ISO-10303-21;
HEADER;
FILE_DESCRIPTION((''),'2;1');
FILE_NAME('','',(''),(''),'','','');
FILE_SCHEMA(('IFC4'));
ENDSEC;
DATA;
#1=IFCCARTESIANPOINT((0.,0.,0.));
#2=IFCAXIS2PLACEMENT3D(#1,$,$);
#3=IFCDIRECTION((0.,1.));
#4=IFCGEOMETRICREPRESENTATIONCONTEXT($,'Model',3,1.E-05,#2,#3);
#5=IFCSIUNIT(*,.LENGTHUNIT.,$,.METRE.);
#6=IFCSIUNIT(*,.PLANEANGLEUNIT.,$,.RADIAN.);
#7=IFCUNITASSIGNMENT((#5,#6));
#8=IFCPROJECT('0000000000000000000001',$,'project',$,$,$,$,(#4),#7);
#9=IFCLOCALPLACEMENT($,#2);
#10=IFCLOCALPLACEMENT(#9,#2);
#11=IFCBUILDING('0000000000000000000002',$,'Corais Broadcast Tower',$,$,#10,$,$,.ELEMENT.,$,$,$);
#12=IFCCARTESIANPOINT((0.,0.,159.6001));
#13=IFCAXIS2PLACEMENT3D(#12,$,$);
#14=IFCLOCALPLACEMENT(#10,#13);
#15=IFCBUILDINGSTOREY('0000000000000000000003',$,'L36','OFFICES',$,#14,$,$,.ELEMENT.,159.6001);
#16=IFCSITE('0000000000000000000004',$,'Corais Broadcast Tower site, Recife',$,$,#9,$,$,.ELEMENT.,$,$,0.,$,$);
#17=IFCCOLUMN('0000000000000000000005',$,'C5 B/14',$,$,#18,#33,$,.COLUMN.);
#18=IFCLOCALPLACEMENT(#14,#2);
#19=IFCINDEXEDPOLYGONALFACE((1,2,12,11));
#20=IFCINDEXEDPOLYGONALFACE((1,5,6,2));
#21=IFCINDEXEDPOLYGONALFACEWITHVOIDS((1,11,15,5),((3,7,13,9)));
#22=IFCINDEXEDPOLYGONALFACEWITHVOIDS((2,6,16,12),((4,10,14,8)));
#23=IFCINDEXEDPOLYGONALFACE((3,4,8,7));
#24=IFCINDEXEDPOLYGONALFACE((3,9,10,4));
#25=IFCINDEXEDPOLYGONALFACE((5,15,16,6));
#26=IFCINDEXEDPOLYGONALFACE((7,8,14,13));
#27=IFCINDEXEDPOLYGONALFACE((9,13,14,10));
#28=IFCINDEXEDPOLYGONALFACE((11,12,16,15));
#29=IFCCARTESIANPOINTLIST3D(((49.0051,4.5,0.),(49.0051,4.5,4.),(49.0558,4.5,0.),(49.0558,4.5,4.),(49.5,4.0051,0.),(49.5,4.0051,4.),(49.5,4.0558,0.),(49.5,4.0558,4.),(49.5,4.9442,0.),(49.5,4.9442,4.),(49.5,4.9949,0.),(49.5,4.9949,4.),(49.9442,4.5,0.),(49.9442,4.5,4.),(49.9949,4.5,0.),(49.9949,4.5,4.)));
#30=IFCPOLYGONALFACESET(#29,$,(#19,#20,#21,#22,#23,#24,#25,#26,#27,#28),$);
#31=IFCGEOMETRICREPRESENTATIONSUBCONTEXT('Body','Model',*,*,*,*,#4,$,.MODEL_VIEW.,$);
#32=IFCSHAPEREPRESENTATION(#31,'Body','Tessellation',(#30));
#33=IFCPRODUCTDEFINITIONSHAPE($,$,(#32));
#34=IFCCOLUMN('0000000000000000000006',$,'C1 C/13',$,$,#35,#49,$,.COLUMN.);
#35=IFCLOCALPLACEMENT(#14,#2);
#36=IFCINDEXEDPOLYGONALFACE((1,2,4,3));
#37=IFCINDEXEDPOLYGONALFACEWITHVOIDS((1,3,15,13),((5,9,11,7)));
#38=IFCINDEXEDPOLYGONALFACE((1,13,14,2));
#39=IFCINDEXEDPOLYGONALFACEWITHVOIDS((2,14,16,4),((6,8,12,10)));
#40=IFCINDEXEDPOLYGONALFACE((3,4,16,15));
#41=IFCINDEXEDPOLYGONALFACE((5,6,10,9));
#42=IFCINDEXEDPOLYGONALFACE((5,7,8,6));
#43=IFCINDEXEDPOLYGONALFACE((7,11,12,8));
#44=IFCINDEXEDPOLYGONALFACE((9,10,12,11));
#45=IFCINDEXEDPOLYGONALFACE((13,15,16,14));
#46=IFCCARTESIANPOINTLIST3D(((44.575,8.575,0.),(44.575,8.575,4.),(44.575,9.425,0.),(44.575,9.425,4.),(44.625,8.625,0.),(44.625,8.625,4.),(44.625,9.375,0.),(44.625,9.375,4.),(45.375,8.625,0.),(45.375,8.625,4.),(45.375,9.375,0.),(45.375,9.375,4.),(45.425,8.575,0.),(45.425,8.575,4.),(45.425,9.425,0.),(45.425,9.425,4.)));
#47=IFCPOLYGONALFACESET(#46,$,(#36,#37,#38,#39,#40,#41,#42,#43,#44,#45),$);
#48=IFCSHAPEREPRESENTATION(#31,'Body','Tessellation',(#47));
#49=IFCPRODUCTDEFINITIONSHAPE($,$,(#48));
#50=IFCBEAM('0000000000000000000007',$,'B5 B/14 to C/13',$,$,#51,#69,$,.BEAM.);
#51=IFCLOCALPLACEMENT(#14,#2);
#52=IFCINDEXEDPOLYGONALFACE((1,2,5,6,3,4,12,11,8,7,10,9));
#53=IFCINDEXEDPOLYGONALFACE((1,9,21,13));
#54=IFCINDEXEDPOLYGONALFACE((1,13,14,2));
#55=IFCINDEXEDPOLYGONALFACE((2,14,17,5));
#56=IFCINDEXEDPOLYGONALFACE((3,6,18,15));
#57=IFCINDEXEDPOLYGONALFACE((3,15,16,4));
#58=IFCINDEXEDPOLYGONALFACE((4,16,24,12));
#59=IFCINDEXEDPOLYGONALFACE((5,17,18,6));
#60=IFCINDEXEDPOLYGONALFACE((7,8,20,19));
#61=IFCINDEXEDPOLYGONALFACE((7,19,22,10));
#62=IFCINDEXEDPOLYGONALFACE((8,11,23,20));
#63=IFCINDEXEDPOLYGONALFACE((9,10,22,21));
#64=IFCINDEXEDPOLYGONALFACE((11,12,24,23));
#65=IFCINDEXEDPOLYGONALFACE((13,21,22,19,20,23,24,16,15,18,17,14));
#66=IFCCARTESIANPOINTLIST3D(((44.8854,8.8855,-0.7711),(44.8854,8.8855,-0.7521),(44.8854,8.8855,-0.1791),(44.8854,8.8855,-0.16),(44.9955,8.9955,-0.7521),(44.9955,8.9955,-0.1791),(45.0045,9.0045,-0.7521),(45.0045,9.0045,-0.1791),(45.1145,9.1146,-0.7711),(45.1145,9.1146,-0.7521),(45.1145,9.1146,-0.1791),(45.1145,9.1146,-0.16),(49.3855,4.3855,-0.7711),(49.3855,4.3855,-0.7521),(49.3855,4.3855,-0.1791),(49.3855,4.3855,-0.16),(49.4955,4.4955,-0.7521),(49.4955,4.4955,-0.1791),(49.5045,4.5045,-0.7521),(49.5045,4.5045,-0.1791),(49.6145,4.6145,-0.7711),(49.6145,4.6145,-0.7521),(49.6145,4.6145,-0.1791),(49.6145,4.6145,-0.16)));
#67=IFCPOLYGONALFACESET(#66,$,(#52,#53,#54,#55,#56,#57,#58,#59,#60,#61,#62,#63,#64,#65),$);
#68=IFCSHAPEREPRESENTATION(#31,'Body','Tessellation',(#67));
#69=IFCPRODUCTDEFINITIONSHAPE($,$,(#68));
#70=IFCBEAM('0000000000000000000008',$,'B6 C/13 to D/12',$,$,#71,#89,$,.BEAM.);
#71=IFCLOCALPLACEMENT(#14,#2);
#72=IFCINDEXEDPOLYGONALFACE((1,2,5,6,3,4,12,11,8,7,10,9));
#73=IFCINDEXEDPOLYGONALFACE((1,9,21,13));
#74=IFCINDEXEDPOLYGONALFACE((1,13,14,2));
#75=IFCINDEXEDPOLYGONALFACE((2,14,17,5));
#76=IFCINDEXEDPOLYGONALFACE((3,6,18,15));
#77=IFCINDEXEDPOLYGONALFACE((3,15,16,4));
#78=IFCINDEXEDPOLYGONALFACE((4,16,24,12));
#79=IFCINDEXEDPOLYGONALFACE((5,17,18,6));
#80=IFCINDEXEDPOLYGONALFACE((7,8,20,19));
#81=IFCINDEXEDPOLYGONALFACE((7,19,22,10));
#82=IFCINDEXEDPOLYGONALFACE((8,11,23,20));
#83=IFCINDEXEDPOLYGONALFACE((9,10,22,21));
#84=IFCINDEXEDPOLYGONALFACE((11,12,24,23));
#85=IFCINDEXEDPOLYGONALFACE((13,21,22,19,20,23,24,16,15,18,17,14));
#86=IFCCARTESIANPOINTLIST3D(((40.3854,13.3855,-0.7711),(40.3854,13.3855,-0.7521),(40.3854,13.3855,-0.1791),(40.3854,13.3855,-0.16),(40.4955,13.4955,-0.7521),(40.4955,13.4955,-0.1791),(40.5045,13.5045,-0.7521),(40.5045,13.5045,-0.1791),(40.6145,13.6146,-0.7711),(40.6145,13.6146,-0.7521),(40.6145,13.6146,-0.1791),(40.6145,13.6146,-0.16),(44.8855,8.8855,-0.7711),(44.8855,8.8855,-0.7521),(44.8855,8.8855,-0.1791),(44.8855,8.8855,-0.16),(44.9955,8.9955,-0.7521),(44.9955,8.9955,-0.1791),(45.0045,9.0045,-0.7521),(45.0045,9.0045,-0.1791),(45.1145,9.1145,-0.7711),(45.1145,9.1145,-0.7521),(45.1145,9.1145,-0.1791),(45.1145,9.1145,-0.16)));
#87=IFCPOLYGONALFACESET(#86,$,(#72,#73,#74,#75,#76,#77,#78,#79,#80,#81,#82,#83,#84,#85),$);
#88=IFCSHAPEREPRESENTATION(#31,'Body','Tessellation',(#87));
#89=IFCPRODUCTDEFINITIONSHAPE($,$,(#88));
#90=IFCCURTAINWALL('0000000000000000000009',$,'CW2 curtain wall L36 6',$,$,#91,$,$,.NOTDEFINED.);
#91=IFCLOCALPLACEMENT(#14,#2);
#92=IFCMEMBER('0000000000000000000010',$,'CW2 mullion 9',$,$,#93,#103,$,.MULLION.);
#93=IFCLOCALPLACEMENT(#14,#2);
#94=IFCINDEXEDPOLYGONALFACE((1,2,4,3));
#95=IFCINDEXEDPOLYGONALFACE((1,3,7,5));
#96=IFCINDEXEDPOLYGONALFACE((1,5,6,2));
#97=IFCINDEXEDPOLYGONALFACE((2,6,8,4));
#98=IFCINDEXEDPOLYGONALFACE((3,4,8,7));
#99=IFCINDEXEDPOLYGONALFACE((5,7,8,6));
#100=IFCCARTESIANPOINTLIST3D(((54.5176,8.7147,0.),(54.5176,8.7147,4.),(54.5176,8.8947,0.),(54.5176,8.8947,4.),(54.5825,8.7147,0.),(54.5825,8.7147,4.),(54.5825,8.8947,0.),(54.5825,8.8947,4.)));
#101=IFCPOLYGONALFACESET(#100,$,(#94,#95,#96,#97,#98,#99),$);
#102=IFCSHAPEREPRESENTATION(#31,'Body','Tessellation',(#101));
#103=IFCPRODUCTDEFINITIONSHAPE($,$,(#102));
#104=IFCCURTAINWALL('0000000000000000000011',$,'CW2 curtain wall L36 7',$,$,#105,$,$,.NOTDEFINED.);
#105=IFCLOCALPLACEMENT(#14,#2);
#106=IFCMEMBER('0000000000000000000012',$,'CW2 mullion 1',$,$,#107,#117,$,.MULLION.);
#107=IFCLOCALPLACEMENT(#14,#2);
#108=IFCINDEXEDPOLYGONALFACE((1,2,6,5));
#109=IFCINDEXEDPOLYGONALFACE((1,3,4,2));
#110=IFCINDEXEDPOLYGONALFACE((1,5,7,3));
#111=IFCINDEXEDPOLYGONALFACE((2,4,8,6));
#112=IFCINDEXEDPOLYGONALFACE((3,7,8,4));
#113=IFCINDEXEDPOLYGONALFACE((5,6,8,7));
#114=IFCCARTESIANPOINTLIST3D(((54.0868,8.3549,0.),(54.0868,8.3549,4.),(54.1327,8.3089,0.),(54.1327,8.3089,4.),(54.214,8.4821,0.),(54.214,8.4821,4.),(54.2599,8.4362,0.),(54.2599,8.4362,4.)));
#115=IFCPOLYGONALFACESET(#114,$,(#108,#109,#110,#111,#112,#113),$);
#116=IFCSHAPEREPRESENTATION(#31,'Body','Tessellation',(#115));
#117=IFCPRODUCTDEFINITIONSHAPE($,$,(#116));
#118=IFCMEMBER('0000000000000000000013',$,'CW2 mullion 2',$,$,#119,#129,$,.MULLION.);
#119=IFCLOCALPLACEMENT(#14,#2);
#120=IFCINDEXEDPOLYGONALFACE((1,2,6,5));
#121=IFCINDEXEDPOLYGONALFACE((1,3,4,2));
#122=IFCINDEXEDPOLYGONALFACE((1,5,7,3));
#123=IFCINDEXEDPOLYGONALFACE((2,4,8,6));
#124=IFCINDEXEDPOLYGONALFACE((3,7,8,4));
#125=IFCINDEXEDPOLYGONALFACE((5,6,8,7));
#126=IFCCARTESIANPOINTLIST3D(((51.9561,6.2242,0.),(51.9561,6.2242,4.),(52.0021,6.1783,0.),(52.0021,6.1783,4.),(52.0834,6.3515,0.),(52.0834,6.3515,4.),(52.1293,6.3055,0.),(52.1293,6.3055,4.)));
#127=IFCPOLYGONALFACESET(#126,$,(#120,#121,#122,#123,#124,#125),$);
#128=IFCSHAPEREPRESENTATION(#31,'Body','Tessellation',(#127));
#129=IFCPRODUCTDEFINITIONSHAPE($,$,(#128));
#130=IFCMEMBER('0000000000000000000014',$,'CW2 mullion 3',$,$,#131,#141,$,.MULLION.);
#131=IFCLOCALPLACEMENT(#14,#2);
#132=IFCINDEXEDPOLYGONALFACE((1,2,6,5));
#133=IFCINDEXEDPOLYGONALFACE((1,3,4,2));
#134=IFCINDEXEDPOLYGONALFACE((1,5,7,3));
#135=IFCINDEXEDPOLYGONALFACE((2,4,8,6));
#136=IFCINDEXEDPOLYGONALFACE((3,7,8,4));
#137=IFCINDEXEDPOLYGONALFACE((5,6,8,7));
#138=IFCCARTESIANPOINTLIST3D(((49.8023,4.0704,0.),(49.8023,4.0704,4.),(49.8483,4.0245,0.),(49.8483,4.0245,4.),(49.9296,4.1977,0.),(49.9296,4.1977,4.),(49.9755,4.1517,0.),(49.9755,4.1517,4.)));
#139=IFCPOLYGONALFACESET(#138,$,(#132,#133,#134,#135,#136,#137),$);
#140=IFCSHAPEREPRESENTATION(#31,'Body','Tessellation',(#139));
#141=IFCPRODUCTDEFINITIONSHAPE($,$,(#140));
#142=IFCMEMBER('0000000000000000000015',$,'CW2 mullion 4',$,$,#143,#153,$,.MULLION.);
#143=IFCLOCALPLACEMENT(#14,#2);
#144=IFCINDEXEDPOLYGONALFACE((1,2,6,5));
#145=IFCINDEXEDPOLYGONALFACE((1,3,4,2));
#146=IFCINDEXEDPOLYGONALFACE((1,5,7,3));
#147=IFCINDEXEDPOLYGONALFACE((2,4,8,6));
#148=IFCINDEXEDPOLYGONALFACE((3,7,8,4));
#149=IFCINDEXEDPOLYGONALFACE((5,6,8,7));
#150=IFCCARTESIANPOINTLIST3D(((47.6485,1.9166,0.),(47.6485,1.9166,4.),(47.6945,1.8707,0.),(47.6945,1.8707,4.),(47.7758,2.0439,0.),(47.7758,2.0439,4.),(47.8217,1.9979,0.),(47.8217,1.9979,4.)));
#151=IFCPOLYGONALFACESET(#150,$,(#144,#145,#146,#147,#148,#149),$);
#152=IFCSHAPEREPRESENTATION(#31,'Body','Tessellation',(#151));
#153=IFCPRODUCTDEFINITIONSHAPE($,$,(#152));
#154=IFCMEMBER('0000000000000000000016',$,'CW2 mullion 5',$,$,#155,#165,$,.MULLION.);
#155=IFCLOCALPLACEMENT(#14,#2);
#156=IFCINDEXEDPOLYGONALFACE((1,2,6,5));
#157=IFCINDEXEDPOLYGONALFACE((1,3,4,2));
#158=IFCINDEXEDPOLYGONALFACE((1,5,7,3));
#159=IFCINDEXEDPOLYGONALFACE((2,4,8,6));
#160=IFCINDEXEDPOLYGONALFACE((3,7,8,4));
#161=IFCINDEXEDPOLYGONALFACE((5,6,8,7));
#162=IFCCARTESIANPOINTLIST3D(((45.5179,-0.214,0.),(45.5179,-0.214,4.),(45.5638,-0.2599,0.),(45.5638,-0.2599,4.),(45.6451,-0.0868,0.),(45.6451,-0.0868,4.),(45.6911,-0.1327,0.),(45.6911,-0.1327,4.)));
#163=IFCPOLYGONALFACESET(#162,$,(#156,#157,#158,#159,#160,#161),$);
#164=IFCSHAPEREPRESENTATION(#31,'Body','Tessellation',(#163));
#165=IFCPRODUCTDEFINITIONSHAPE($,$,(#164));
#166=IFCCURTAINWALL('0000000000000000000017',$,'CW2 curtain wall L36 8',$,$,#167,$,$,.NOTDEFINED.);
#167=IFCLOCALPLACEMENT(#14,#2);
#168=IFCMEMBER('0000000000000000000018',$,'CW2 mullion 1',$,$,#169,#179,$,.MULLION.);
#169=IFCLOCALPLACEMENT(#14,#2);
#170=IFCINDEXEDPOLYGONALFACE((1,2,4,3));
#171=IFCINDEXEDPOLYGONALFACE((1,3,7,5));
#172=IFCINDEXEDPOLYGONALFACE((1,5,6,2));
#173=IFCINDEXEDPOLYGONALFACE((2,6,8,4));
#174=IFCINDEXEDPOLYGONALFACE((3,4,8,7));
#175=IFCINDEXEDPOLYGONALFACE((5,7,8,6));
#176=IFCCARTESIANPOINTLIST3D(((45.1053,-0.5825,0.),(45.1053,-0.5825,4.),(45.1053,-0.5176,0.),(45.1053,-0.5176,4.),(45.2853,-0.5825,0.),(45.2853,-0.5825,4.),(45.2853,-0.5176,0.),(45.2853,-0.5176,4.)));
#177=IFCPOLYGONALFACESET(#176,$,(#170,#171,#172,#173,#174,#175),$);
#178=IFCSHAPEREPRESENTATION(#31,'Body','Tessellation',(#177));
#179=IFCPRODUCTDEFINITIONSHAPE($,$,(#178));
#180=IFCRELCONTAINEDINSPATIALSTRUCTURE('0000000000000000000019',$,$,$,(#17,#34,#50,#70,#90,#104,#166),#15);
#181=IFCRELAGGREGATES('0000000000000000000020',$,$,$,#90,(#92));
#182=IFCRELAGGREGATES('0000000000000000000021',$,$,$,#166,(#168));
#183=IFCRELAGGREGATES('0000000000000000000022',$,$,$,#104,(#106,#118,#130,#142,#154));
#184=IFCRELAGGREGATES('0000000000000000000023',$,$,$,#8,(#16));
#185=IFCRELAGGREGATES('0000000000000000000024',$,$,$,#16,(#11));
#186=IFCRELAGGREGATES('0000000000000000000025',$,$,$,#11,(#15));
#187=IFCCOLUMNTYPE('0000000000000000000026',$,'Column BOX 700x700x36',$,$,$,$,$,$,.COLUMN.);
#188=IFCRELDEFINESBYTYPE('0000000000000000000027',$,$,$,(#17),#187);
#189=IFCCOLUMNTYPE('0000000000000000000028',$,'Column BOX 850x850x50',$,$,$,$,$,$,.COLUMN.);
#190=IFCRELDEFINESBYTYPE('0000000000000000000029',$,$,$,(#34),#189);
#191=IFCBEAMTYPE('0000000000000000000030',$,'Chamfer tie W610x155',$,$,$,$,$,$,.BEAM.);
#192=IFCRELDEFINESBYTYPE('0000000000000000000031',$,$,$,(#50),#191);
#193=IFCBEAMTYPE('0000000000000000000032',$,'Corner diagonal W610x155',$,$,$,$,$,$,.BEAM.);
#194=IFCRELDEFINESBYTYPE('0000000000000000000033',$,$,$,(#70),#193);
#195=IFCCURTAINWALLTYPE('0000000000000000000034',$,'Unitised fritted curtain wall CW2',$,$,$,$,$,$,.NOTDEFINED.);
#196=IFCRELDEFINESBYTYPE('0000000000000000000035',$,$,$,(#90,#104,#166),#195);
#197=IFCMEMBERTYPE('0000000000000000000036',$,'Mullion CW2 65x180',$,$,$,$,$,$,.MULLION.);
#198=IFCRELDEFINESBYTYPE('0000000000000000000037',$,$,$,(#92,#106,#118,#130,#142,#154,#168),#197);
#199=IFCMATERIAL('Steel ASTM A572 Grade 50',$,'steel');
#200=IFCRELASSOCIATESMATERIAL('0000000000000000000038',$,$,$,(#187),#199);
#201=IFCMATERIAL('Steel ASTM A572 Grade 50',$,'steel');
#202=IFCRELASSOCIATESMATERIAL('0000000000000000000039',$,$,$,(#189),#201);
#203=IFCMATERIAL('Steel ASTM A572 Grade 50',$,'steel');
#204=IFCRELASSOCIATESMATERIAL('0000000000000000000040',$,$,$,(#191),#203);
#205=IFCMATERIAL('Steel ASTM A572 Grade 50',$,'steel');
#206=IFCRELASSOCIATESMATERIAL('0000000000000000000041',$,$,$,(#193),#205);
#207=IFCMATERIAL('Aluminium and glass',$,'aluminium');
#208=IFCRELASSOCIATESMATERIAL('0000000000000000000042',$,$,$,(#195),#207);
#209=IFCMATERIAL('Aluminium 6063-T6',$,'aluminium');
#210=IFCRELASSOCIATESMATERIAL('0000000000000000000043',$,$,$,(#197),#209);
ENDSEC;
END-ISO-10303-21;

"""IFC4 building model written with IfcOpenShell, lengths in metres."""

from ifc_helpers import new_model, si_unit, direction, frame, origin, origin_2d, place, context, subcontext, project, spatial, rectangle, hollow_rectangle, i_section, extrude, material, material_profile, profile_set, type_object, element, aggregate, save


model = new_model("IFC4")

# Units and contexts
model_context = context("Model", 3, precision=1e-05, world=origin(), true_north=direction((0.0, 1.0)))
body_context = subcontext(model_context, "Body", "Model", "MODEL_VIEW")
ifc_project = project(units=[si_unit("LENGTHUNIT", "METRE"), si_unit("PLANEANGLEUNIT", "RADIAN")], contexts=[model_context])

# Site, building, storey
site_placement = place(None, origin())
site = spatial("IfcSite", under=ifc_project, at=site_placement, Name="Corais Broadcast Tower site, Recife", CompositionType="ELEMENT", RefElevation=0.0)
building_placement = place(site_placement, origin())
building = spatial("IfcBuilding", under=site, at=building_placement, Name="Corais Broadcast Tower", CompositionType="ELEMENT")
storey_placement = place(building_placement, frame((0.0, 0.0, 159.6001)))
storey = spatial("IfcBuildingStorey", under=building, at=storey_placement, Name="L36", Description="OFFICES", CompositionType="ELEMENT", Elevation=159.6001)

# Columns
ifc_material_1 = material(Name="Steel ASTM A572 Grade 50", Category="steel")
ifc_material_profile_1 = material_profile(ifc_material_1, hollow_rectangle(XDim=0.7, YDim=0.7, WallThickness=0.0359, at=origin_2d()), Name="BOX 700x700x36")
ifc_profile_set_1 = profile_set([ifc_material_profile_1], Name="Steel ASTM A572 Grade 50")
column_type_1 = type_object("IfcColumnType", Name="Column BOX 700x700x36", PredefinedType="COLUMN", material=ifc_profile_set_1)
column_1_placement = place(storey_placement, frame((49.5, 4.5, 0.0), z_axis=(0.0, 0.0, 1.0), x_axis=(0.707107, 0.707107, 0.0)))
element("IfcColumn", 1, at=column_1_placement, inside=storey, type_object=column_type_1, Name="C5 B/14", PredefinedType="COLUMN", context=body_context, shape_type="SweptSolid", body=[
    extrude(hollow_rectangle(XDim=0.7, YDim=0.7, WallThickness=0.0359, at=origin_2d()), origin(), (0.0, 0.0, 1.0), 4.0),
])
ifc_material_2 = material(Name="Steel ASTM A572 Grade 50", Category="steel")
ifc_material_profile_2 = material_profile(ifc_material_2, hollow_rectangle(XDim=0.8501, YDim=0.8501, WallThickness=0.05, at=origin_2d()), Name="BOX 850x850x50")
ifc_profile_set_2 = profile_set([ifc_material_profile_2], Name="Steel ASTM A572 Grade 50")
column_type_2 = type_object("IfcColumnType", Name="Column BOX 850x850x50", PredefinedType="COLUMN", material=ifc_profile_set_2)
column_2_placement = place(storey_placement, frame((45.0, 9.0, 0.0), z_axis=(0.0, 0.0, 1.0), x_axis=(1.0, 0.0, 0.0)))
element("IfcColumn", 2, at=column_2_placement, inside=storey, type_object=column_type_2, Name="C1 C/13", PredefinedType="COLUMN", context=body_context, shape_type="SweptSolid", body=[
    extrude(hollow_rectangle(XDim=0.8501, YDim=0.8501, WallThickness=0.05, at=origin_2d()), origin(), (0.0, 0.0, 1.0), 4.0),
])

# Beams
ifc_material_3 = material(Name="Steel ASTM A572 Grade 50", Category="steel")
ifc_material_profile_3 = material_profile(ifc_material_3, i_section(OverallWidth=0.324, OverallDepth=0.6111, WebThickness=0.0127, FlangeThickness=0.019, at=origin_2d()), Name="W610x155")
ifc_profile_set_3 = profile_set([ifc_material_profile_3], Name="Steel ASTM A572 Grade 50")
beam_type_1 = type_object("IfcBeamType", Name="Chamfer tie W610x155", PredefinedType="BEAM", material=ifc_profile_set_3)
beam_1_placement = place(storey_placement, frame((49.5, 4.5, -0.4656), z_axis=(-0.707107, 0.707107, 0.0), x_axis=(-0.707107, -0.707107, 0.0)))
element("IfcBeam", 3, at=beam_1_placement, inside=storey, type_object=beam_type_1, Name="B5 B/14 to C/13", PredefinedType="BEAM", context=body_context, shape_type="SweptSolid", body=[
    extrude(i_section(OverallWidth=0.324, OverallDepth=0.6111, WebThickness=0.0127, FlangeThickness=0.019, at=origin_2d()), origin(), (0.0, 0.0, 1.0), 6.364),
])
ifc_material_4 = material(Name="Steel ASTM A572 Grade 50", Category="steel")
ifc_material_profile_4 = material_profile(ifc_material_4, i_section(OverallWidth=0.324, OverallDepth=0.6111, WebThickness=0.0127, FlangeThickness=0.019, at=origin_2d()), Name="W610x155")
ifc_profile_set_4 = profile_set([ifc_material_profile_4], Name="Steel ASTM A572 Grade 50")
beam_type_2 = type_object("IfcBeamType", Name="Corner diagonal W610x155", PredefinedType="BEAM", material=ifc_profile_set_4)
beam_2_placement = place(storey_placement, frame((45.0, 9.0, -0.4656), z_axis=(-0.707107, 0.707107, 0.0), x_axis=(-0.707107, -0.707107, 0.0)))
element("IfcBeam", 4, at=beam_2_placement, inside=storey, type_object=beam_type_2, Name="B6 C/13 to D/12", PredefinedType="BEAM", context=body_context, shape_type="SweptSolid", body=[
    extrude(i_section(OverallWidth=0.324, OverallDepth=0.6111, WebThickness=0.0127, FlangeThickness=0.019, at=origin_2d()), origin(), (0.0, 0.0, 1.0), 6.364),
])

# Curtain wall, member
ifc_material_5 = material(Name="Aluminium and glass", Category="aluminium")
curtain_wall_type = type_object("IfcCurtainWallType", Name="Unitised fritted curtain wall CW2", PredefinedType="NOTDEFINED", material=ifc_material_5)
curtain_wall_1_placement = place(storey_placement, origin())
curtain_wall_1 = element("IfcCurtainWall", 5, at=curtain_wall_1_placement, inside=storey, type_object=curtain_wall_type, Name="CW2 curtain wall L36 6", PredefinedType="NOTDEFINED")
ifc_material_6 = material(Name="Aluminium 6063-T6", Category="aluminium")
ifc_material_profile_5 = material_profile(ifc_material_6, rectangle(XDim=0.0649, YDim=0.1799, at=origin_2d()), Name="Mullion CW2 65x180")
ifc_profile_set_5 = profile_set([ifc_material_profile_5], Name="Aluminium 6063-T6")
member_type_1 = type_object("IfcMemberType", Name="Mullion CW2 65x180", PredefinedType="MULLION", material=ifc_profile_set_5)
member_1_placement = place(storey_placement, frame((54.55, 8.8047, 0.0), z_axis=(0.0, 0.0, 1.0), x_axis=(1.0, 0.0, 0.0)))
member_1 = element("IfcMember", 6, at=member_1_placement, type_object=member_type_1, Name="CW2 mullion 9", PredefinedType="MULLION", context=body_context, shape_type="SweptSolid", body=[
    extrude(rectangle(XDim=0.0649, YDim=0.1799, at=origin_2d()), origin(), (0.0, 0.0, 1.0), 4.0),
])
aggregate(curtain_wall_1, [member_1])

# Curtain wall, members
curtain_wall_2_placement = place(storey_placement, origin())
curtain_wall_2 = element("IfcCurtainWall", 7, at=curtain_wall_2_placement, inside=storey, type_object=curtain_wall_type, Name="CW2 curtain wall L36 7", PredefinedType="NOTDEFINED")
member_2_placement = place(storey_placement, frame((54.1733, 8.3955, 0.0), z_axis=(0.0, 0.0, 1.0), x_axis=(0.707107, -0.707107, 0.0)))
member_2 = element("IfcMember", 8, at=member_2_placement, type_object=member_type_1, Name="CW2 mullion 1", PredefinedType="MULLION", context=body_context, shape_type="SweptSolid", body=[
    extrude(rectangle(XDim=0.0649, YDim=0.1799, at=origin_2d()), origin(), (0.0, 0.0, 1.0), 4.0),
])
member_3_placement = place(storey_placement, frame((52.0427, 6.2649, 0.0), z_axis=(0.0, 0.0, 1.0), x_axis=(0.707107, -0.707107, 0.0)))
member_3 = element("IfcMember", 9, at=member_3_placement, type_object=member_type_1, Name="CW2 mullion 2", PredefinedType="MULLION", context=body_context, shape_type="SweptSolid", body=[
    extrude(rectangle(XDim=0.0649, YDim=0.1799, at=origin_2d()), origin(), (0.0, 0.0, 1.0), 4.0),
])
member_4_placement = place(storey_placement, frame((49.8889, 4.1111, 0.0), z_axis=(0.0, 0.0, 1.0), x_axis=(0.707107, -0.707107, 0.0)))
member_4 = element("IfcMember", 10, at=member_4_placement, type_object=member_type_1, Name="CW2 mullion 3", PredefinedType="MULLION", context=body_context, shape_type="SweptSolid", body=[
    extrude(rectangle(XDim=0.0649, YDim=0.1799, at=origin_2d()), origin(), (0.0, 0.0, 1.0), 4.0),
])
member_5_placement = place(storey_placement, frame((47.7351, 1.9573, 0.0), z_axis=(0.0, 0.0, 1.0), x_axis=(0.707107, -0.707107, 0.0)))
member_5 = element("IfcMember", 11, at=member_5_placement, type_object=member_type_1, Name="CW2 mullion 4", PredefinedType="MULLION", context=body_context, shape_type="SweptSolid", body=[
    extrude(rectangle(XDim=0.0649, YDim=0.1799, at=origin_2d()), origin(), (0.0, 0.0, 1.0), 4.0),
])
member_6_placement = place(storey_placement, frame((45.6045, -0.1733, 0.0), z_axis=(0.0, 0.0, 1.0), x_axis=(0.707107, -0.707107, 0.0)))
member_6 = element("IfcMember", 12, at=member_6_placement, type_object=member_type_1, Name="CW2 mullion 5", PredefinedType="MULLION", context=body_context, shape_type="SweptSolid", body=[
    extrude(rectangle(XDim=0.0649, YDim=0.1799, at=origin_2d()), origin(), (0.0, 0.0, 1.0), 4.0),
])

# Curtain wall, member
curtain_wall_3_placement = place(storey_placement, origin())
curtain_wall_3 = element("IfcCurtainWall", 13, at=curtain_wall_3_placement, inside=storey, type_object=curtain_wall_type, Name="CW2 curtain wall L36 8", PredefinedType="NOTDEFINED")
member_7_placement = place(storey_placement, frame((45.1953, -0.55, 0.0), z_axis=(0.0, 0.0, 1.0), x_axis=(0.0, -1.0, 0.0)))
member_7 = element("IfcMember", 14, at=member_7_placement, type_object=member_type_1, Name="CW2 mullion 1", PredefinedType="MULLION", context=body_context, shape_type="SweptSolid", body=[
    extrude(rectangle(XDim=0.0649, YDim=0.1799, at=origin_2d()), origin(), (0.0, 0.0, 1.0), 4.0),
])

aggregate(curtain_wall_3, [member_7])

aggregate(curtain_wall_2, [member_2, member_3, member_4, member_5, member_6])

save(model, "model.ifc")
